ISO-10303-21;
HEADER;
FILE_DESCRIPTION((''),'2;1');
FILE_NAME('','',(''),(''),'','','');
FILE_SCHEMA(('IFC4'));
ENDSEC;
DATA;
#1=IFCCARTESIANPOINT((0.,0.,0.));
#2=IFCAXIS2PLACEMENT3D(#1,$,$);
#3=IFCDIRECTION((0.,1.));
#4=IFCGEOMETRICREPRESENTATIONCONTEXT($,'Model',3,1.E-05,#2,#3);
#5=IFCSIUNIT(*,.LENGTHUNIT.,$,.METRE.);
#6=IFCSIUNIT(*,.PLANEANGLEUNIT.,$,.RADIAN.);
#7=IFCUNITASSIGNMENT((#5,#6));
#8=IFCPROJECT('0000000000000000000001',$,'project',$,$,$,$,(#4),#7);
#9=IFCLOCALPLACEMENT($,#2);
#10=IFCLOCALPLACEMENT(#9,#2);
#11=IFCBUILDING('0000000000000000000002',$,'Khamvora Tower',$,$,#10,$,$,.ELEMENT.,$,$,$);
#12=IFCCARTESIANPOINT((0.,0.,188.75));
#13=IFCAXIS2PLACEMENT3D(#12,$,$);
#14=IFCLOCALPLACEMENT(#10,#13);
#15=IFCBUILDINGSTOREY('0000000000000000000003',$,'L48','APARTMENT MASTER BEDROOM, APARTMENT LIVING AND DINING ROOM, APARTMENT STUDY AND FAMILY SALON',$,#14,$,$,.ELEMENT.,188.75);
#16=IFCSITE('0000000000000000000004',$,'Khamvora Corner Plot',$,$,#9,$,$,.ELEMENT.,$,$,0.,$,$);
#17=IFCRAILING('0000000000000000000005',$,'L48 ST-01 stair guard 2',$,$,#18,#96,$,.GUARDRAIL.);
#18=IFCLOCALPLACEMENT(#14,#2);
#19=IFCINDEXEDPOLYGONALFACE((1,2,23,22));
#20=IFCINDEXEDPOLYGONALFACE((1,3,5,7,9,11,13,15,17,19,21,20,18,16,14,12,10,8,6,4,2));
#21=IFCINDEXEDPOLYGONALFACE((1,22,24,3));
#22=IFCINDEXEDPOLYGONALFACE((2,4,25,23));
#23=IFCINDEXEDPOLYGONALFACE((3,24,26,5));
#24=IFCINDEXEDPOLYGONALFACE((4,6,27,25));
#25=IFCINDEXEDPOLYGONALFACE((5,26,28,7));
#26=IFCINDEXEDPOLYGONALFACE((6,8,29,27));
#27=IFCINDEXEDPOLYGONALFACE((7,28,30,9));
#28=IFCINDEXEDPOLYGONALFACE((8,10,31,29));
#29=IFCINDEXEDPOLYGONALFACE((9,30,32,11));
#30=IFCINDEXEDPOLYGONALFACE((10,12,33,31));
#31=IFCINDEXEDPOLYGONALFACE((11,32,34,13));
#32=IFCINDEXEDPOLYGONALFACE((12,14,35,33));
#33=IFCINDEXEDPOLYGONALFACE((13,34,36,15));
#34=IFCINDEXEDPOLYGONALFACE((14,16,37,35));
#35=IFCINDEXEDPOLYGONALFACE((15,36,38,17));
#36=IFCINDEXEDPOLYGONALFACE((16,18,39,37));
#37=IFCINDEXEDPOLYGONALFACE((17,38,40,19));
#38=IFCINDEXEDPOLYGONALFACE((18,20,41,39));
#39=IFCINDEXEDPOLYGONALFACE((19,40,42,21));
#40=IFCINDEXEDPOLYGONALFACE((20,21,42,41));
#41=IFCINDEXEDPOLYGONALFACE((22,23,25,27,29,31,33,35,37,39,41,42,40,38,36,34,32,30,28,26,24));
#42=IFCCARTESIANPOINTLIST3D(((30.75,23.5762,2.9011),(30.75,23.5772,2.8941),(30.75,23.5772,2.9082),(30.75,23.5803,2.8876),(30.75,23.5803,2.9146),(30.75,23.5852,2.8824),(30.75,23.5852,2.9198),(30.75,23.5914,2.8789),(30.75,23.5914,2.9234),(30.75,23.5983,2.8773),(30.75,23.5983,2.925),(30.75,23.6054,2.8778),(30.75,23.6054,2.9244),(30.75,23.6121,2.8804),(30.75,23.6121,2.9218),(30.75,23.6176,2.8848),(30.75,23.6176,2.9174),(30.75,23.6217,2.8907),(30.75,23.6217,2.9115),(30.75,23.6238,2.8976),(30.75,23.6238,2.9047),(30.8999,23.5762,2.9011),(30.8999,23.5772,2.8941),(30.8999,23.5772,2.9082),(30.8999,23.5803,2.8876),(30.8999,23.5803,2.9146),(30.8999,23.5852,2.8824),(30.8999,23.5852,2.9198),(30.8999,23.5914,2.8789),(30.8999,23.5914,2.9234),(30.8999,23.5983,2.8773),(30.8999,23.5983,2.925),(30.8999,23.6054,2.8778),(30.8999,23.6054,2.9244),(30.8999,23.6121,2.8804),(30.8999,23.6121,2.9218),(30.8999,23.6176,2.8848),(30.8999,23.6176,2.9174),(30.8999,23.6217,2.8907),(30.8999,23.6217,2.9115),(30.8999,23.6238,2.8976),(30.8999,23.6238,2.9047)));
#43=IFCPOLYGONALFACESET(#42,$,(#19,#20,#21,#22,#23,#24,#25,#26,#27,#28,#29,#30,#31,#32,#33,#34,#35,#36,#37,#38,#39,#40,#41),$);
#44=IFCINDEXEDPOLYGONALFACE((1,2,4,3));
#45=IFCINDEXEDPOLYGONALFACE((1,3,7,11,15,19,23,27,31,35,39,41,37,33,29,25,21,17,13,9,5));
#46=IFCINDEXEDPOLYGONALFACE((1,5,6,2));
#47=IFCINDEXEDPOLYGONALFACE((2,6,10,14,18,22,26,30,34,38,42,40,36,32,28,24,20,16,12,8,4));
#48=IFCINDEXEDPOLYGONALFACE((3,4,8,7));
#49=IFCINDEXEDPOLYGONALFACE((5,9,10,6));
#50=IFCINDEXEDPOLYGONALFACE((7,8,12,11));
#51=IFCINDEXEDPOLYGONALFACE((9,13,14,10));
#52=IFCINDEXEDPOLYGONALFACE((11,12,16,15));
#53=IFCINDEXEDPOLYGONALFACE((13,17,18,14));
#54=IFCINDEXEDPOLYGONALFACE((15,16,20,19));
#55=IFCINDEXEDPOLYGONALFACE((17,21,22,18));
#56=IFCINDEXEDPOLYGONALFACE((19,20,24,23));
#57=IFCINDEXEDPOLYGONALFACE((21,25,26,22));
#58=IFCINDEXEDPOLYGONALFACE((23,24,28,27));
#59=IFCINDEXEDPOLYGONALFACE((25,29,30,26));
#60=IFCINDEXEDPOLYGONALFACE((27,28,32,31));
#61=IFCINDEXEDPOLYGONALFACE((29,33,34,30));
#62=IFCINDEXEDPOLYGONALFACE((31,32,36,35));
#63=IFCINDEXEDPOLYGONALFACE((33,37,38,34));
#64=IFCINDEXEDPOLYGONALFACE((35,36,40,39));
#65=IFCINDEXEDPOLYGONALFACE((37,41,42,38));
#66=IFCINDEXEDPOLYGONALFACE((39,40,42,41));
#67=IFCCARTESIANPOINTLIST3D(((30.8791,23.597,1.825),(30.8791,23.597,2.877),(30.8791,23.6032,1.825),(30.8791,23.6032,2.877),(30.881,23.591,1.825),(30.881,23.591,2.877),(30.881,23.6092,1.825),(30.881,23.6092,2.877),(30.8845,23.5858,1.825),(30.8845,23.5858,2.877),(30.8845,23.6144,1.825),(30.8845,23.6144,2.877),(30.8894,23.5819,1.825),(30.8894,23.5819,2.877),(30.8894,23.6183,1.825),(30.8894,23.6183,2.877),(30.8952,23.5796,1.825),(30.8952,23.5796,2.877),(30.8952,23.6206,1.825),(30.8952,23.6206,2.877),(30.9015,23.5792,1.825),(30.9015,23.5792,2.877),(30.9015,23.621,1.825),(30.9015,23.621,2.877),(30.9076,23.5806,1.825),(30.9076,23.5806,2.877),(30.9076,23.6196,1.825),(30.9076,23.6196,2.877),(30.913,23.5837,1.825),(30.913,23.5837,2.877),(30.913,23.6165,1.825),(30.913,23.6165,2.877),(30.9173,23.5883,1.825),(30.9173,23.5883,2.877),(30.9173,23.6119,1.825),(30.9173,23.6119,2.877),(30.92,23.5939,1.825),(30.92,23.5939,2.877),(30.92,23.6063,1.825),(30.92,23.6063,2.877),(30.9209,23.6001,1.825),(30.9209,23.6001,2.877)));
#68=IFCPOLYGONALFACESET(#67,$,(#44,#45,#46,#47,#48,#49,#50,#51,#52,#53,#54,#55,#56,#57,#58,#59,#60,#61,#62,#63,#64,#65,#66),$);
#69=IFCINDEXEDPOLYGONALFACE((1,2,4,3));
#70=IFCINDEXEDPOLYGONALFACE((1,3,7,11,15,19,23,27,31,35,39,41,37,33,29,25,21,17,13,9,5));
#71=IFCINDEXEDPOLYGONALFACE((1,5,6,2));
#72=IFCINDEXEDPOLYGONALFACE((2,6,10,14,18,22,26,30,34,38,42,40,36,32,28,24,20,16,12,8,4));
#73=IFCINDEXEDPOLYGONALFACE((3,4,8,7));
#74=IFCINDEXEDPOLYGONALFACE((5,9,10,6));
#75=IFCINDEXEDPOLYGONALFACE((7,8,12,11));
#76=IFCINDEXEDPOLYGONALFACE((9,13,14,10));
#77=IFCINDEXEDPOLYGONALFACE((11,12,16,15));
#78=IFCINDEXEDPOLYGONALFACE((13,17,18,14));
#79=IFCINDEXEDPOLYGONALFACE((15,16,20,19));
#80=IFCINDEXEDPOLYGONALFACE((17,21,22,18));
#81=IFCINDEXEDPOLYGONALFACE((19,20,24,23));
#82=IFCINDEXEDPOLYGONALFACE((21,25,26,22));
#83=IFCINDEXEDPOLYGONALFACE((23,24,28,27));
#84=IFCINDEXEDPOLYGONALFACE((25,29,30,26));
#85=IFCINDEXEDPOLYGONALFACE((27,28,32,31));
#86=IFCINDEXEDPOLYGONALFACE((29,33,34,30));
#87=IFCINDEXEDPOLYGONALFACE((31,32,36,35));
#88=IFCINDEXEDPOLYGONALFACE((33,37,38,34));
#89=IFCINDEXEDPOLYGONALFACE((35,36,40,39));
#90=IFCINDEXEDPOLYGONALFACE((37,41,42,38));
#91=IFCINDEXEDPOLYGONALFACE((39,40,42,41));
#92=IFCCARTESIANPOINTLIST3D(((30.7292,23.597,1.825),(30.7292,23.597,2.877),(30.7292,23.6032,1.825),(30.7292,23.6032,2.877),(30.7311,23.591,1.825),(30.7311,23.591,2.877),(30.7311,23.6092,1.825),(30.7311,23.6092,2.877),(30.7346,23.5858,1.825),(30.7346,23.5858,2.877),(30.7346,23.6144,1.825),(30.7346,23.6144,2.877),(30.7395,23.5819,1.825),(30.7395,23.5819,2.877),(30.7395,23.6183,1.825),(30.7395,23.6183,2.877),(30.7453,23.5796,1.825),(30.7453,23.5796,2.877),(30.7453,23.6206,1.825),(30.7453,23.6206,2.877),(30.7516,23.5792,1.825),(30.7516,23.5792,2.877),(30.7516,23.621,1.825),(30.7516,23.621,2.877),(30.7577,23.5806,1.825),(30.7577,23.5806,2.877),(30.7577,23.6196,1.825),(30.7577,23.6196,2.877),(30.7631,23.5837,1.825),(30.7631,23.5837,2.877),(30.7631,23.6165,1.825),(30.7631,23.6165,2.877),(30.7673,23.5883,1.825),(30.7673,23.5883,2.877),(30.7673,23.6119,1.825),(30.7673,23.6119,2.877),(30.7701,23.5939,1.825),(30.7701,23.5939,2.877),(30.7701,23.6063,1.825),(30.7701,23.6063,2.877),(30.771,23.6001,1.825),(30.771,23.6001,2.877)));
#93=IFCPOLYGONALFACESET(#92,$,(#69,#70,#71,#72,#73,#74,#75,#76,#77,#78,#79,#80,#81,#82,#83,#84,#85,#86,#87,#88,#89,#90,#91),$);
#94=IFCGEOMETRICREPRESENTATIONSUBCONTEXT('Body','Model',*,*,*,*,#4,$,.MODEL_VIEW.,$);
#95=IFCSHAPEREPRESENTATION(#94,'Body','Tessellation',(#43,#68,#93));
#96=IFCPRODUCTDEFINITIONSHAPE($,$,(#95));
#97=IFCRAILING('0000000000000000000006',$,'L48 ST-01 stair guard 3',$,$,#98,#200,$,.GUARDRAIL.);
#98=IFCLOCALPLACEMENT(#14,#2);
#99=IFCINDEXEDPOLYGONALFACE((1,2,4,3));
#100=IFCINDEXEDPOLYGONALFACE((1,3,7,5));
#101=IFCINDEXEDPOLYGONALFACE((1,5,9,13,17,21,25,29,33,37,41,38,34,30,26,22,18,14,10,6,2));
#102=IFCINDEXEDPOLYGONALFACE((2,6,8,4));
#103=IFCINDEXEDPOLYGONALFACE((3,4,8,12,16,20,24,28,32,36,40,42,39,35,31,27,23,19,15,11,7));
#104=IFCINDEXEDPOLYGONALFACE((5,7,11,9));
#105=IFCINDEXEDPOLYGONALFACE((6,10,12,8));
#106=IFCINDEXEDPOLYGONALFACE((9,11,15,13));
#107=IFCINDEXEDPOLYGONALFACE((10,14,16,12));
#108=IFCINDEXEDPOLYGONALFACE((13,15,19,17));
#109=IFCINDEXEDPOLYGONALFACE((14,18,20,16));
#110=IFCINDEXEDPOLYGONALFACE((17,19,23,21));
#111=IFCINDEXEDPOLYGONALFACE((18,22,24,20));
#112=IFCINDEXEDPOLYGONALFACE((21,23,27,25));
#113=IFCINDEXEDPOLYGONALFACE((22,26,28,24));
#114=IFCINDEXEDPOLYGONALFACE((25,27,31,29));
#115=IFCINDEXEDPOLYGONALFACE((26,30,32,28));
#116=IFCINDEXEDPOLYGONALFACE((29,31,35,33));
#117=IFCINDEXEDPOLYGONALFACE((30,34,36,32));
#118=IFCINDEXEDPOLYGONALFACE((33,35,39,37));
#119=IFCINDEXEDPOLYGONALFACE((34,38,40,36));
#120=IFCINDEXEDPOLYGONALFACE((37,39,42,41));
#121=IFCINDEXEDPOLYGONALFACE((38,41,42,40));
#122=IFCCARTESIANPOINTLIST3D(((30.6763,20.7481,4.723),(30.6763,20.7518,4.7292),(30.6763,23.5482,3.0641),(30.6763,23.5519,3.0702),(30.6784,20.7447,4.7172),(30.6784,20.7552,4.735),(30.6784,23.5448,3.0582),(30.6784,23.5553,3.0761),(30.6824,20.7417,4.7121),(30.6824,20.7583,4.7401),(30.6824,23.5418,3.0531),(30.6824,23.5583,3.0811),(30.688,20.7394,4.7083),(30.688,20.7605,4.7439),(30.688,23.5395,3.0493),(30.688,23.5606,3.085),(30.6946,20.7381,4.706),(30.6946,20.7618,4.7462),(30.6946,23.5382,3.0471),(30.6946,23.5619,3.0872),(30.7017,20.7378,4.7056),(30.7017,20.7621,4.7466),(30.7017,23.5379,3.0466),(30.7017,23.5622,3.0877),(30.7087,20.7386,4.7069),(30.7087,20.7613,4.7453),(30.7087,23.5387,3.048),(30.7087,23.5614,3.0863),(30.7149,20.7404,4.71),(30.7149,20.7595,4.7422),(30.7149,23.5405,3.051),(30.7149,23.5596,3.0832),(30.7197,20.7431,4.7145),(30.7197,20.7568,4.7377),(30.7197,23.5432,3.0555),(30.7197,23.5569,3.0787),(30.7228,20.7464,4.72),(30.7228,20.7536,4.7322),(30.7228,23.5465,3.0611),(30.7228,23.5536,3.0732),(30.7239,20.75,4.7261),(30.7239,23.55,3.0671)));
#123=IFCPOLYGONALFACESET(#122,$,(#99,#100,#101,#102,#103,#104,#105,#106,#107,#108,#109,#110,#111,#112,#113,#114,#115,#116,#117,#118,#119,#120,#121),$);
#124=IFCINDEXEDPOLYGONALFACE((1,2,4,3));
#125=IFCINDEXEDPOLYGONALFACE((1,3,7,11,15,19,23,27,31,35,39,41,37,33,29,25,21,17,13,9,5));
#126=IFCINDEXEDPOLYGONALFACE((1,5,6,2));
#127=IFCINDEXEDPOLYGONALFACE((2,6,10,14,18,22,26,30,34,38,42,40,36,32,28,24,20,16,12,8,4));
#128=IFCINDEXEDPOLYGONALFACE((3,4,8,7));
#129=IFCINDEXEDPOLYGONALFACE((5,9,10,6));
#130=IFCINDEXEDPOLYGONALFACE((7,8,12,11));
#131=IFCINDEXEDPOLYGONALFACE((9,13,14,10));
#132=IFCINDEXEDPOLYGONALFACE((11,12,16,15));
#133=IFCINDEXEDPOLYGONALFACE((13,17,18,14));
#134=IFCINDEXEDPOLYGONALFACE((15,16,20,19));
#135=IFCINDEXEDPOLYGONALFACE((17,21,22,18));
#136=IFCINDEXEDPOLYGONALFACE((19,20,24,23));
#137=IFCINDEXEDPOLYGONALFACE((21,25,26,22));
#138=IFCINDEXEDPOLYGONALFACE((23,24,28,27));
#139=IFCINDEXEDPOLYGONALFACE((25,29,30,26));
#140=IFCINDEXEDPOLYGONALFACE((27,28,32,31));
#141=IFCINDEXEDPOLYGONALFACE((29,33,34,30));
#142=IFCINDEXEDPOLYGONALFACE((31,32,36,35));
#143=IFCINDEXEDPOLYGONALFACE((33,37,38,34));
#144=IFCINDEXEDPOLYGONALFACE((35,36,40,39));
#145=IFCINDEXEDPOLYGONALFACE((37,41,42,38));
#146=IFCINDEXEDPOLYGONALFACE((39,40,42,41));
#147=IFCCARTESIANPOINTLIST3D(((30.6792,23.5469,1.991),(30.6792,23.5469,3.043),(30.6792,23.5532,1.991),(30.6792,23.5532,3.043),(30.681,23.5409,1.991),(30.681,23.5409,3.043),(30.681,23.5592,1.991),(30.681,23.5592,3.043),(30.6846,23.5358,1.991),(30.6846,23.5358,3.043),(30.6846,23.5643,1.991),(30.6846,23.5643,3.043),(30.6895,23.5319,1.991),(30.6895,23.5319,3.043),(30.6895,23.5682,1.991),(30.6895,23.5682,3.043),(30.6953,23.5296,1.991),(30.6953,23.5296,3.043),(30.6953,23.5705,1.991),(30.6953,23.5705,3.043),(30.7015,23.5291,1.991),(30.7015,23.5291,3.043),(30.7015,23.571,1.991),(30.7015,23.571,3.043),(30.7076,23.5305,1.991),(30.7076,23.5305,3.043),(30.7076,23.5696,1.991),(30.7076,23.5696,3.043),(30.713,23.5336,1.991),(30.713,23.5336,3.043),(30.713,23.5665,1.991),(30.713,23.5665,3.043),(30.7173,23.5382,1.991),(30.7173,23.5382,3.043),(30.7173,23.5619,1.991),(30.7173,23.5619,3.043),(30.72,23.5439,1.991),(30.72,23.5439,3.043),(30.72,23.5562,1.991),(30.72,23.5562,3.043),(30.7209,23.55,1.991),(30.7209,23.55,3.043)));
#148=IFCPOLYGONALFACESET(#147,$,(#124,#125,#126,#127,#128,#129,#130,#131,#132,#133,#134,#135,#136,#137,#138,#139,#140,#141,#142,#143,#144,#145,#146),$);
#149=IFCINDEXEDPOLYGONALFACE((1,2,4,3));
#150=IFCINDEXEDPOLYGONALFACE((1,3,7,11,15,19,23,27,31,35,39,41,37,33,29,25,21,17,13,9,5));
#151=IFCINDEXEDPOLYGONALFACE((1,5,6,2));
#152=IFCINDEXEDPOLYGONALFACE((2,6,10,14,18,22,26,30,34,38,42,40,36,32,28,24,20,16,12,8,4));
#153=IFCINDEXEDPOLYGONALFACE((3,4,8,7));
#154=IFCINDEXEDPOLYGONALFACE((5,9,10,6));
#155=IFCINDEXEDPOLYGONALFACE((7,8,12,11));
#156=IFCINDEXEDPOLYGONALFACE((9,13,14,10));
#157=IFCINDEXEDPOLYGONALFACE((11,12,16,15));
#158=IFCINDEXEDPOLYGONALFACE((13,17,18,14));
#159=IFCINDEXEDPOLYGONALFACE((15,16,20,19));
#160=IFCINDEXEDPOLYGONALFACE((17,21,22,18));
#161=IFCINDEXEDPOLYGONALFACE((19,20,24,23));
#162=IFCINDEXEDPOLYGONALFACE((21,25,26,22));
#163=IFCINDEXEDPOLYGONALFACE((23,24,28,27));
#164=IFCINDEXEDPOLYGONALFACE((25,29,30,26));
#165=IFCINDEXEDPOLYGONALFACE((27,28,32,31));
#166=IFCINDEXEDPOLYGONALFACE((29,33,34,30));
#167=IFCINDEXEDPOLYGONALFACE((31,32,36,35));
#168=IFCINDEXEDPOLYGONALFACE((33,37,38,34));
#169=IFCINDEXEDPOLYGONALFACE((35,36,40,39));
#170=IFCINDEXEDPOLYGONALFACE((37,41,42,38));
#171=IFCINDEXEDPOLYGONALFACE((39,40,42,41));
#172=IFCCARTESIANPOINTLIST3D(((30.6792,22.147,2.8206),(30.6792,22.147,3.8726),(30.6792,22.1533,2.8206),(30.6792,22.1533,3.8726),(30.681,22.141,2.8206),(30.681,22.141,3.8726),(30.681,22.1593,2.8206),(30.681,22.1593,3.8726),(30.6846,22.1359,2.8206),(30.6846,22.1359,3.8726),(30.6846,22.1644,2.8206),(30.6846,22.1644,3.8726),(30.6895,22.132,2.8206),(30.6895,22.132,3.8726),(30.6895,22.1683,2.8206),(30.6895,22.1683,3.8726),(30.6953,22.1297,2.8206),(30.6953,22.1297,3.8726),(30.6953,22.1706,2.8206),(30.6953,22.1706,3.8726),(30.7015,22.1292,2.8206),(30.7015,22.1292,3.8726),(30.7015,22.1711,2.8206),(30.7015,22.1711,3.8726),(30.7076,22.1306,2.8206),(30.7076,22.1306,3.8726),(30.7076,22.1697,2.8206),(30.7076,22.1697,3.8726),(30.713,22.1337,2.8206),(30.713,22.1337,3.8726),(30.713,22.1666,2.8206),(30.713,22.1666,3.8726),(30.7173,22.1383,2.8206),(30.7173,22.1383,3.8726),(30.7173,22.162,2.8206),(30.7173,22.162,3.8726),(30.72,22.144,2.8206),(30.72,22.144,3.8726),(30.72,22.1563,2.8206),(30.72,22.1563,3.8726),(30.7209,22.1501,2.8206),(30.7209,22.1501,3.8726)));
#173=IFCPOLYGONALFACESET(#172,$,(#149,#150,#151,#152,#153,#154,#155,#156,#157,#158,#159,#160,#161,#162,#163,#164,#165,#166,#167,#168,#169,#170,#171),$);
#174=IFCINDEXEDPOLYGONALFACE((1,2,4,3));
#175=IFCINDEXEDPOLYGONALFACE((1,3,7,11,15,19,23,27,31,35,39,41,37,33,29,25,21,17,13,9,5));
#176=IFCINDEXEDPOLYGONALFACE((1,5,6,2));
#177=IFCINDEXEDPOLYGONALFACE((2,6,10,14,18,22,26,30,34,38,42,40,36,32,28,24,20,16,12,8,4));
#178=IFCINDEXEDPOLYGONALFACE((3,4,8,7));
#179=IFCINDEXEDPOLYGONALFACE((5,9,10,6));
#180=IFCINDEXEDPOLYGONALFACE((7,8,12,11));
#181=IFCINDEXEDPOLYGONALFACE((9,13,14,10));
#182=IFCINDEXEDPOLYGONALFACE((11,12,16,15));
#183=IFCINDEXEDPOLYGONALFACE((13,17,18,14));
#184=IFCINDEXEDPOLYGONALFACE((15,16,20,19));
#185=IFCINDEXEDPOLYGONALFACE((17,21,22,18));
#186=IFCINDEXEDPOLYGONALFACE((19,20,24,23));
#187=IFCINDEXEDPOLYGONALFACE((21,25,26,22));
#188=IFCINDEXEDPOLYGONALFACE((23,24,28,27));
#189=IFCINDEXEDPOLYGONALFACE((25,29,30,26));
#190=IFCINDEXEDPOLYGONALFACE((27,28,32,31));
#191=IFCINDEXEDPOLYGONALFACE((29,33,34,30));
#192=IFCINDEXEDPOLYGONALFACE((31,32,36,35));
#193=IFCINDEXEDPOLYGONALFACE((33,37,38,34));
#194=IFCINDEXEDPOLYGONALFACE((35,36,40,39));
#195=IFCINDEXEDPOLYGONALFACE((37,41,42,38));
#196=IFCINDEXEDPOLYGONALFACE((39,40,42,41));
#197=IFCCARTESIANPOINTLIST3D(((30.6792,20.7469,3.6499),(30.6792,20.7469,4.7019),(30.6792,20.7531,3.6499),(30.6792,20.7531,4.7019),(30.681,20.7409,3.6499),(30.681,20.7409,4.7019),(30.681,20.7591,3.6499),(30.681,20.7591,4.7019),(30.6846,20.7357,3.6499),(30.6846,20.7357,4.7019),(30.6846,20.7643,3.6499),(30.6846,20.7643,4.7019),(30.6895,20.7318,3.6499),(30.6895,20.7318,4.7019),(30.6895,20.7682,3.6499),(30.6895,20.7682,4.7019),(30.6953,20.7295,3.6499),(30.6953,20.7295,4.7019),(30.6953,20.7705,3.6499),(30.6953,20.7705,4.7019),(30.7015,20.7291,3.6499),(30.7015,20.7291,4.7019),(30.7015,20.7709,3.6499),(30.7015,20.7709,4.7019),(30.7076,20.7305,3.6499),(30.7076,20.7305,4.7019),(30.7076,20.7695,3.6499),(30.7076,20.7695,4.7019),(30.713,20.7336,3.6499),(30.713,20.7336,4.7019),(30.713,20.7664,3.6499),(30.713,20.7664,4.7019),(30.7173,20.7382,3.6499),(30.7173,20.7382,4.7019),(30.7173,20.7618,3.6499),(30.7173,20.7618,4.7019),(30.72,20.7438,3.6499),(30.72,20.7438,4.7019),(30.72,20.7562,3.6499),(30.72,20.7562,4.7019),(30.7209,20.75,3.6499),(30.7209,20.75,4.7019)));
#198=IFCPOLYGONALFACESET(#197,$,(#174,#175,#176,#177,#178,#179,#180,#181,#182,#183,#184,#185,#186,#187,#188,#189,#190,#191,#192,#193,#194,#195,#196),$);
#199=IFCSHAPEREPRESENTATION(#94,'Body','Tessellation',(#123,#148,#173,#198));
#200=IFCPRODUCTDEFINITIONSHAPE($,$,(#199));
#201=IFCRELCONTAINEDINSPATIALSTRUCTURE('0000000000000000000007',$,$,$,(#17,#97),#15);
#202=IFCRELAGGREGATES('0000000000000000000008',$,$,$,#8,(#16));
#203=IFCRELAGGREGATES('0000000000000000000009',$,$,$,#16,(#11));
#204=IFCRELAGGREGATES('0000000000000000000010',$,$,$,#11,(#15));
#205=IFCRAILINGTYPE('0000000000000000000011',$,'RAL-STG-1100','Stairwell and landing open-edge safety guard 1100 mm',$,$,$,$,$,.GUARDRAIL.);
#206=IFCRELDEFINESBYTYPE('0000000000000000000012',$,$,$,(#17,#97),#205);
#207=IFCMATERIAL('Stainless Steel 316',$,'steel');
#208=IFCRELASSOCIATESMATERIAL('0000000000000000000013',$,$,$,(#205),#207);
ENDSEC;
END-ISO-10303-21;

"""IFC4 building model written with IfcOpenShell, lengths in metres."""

from ifc_helpers import new_model, si_unit, direction, frame, origin, origin_2d, place, context, subcontext, project, spatial, circle, extrude, material, type_object, element, save


model = new_model("IFC4")

# Units and contexts
model_context = context("Model", 3, precision=1e-05, world=origin(), true_north=direction((0.0, 1.0)))
body_context = subcontext(model_context, "Body", "Model", "MODEL_VIEW")
ifc_project = project(units=[si_unit("LENGTHUNIT", "METRE"), si_unit("PLANEANGLEUNIT", "RADIAN")], contexts=[model_context])

# Site, building, storey
site_placement = place(None, origin())
site = spatial("IfcSite", under=ifc_project, at=site_placement, Name="Khamvora Corner Plot", CompositionType="ELEMENT", RefElevation=0.0)
building_placement = place(site_placement, origin())
building = spatial("IfcBuilding", under=site, at=building_placement, Name="Khamvora Tower", CompositionType="ELEMENT")
storey_placement = place(building_placement, frame((0.0, 0.0, 188.75)))
storey = spatial("IfcBuildingStorey", under=building, at=storey_placement, Name="L48", Description="APARTMENT MASTER BEDROOM, APARTMENT LIVING AND DINING ROOM, APARTMENT STUDY AND FAMILY SALON", CompositionType="ELEMENT", Elevation=188.75)

# Railings
ifc_material_1 = material(Name="Stainless Steel 316", Category="steel")
railing_type_1 = type_object("IfcRailingType", Name="RAL-STG-1100", Description="Stairwell and landing open-edge safety guard 1100 mm", PredefinedType="GUARDRAIL", material=ifc_material_1)
railing_1_placement = place(storey_placement, frame((30.8999, 23.6001, 1.825)))
element("IfcRailing", 1, at=railing_1_placement, inside=storey, type_object=railing_type_1, Name="L48 ST-01 stair guard 2", PredefinedType="GUARDRAIL", context=body_context, shape_type="SweptSolid", body=[
    extrude(circle(Radius=0.0239, at=origin_2d()), frame((0.0, 0.0, 1.0762), z_axis=(-1.0, 0.0, 0.0), x_axis=(0.0, -1.0, 0.0)), (0.0, 0.0, 1.0), 0.1499),
    extrude(circle(Radius=0.021, at=origin_2d()), origin(), (0.0, 0.0, 1.0), 1.052),
    extrude(circle(Radius=0.021, at=origin_2d()), frame((-0.1499, 0.0, 0.0)), (0.0, 0.0, 1.0), 1.052),
])
railing_2_placement = place(storey_placement, frame((30.7, 23.55, 1.991)))
element("IfcRailing", 2, at=railing_2_placement, inside=storey, type_object=railing_type_1, Name="L48 ST-01 stair guard 3", PredefinedType="GUARDRAIL", context=body_context, shape_type="SweptSolid", body=[
    extrude(circle(Radius=0.0239, at=origin_2d()), frame((0.0, 0.0, 1.0762), z_axis=(0.0, -0.860339, 0.509722), x_axis=(1.0, 0.0, 0.0)), (0.0, 0.0, 1.0), 3.2546),
    extrude(circle(Radius=0.021, at=origin_2d()), origin(), (0.0, 0.0, 1.0), 1.052),
    extrude(circle(Radius=0.021, at=origin_2d()), frame((0.0, -1.3999, 0.8296)), (0.0, 0.0, 1.0), 1.052),
    extrude(circle(Radius=0.021, at=origin_2d()), frame((0.0, -2.8, 1.6589)), (0.0, 0.0, 1.0), 1.052),
])

save(model, "model.ifc")
